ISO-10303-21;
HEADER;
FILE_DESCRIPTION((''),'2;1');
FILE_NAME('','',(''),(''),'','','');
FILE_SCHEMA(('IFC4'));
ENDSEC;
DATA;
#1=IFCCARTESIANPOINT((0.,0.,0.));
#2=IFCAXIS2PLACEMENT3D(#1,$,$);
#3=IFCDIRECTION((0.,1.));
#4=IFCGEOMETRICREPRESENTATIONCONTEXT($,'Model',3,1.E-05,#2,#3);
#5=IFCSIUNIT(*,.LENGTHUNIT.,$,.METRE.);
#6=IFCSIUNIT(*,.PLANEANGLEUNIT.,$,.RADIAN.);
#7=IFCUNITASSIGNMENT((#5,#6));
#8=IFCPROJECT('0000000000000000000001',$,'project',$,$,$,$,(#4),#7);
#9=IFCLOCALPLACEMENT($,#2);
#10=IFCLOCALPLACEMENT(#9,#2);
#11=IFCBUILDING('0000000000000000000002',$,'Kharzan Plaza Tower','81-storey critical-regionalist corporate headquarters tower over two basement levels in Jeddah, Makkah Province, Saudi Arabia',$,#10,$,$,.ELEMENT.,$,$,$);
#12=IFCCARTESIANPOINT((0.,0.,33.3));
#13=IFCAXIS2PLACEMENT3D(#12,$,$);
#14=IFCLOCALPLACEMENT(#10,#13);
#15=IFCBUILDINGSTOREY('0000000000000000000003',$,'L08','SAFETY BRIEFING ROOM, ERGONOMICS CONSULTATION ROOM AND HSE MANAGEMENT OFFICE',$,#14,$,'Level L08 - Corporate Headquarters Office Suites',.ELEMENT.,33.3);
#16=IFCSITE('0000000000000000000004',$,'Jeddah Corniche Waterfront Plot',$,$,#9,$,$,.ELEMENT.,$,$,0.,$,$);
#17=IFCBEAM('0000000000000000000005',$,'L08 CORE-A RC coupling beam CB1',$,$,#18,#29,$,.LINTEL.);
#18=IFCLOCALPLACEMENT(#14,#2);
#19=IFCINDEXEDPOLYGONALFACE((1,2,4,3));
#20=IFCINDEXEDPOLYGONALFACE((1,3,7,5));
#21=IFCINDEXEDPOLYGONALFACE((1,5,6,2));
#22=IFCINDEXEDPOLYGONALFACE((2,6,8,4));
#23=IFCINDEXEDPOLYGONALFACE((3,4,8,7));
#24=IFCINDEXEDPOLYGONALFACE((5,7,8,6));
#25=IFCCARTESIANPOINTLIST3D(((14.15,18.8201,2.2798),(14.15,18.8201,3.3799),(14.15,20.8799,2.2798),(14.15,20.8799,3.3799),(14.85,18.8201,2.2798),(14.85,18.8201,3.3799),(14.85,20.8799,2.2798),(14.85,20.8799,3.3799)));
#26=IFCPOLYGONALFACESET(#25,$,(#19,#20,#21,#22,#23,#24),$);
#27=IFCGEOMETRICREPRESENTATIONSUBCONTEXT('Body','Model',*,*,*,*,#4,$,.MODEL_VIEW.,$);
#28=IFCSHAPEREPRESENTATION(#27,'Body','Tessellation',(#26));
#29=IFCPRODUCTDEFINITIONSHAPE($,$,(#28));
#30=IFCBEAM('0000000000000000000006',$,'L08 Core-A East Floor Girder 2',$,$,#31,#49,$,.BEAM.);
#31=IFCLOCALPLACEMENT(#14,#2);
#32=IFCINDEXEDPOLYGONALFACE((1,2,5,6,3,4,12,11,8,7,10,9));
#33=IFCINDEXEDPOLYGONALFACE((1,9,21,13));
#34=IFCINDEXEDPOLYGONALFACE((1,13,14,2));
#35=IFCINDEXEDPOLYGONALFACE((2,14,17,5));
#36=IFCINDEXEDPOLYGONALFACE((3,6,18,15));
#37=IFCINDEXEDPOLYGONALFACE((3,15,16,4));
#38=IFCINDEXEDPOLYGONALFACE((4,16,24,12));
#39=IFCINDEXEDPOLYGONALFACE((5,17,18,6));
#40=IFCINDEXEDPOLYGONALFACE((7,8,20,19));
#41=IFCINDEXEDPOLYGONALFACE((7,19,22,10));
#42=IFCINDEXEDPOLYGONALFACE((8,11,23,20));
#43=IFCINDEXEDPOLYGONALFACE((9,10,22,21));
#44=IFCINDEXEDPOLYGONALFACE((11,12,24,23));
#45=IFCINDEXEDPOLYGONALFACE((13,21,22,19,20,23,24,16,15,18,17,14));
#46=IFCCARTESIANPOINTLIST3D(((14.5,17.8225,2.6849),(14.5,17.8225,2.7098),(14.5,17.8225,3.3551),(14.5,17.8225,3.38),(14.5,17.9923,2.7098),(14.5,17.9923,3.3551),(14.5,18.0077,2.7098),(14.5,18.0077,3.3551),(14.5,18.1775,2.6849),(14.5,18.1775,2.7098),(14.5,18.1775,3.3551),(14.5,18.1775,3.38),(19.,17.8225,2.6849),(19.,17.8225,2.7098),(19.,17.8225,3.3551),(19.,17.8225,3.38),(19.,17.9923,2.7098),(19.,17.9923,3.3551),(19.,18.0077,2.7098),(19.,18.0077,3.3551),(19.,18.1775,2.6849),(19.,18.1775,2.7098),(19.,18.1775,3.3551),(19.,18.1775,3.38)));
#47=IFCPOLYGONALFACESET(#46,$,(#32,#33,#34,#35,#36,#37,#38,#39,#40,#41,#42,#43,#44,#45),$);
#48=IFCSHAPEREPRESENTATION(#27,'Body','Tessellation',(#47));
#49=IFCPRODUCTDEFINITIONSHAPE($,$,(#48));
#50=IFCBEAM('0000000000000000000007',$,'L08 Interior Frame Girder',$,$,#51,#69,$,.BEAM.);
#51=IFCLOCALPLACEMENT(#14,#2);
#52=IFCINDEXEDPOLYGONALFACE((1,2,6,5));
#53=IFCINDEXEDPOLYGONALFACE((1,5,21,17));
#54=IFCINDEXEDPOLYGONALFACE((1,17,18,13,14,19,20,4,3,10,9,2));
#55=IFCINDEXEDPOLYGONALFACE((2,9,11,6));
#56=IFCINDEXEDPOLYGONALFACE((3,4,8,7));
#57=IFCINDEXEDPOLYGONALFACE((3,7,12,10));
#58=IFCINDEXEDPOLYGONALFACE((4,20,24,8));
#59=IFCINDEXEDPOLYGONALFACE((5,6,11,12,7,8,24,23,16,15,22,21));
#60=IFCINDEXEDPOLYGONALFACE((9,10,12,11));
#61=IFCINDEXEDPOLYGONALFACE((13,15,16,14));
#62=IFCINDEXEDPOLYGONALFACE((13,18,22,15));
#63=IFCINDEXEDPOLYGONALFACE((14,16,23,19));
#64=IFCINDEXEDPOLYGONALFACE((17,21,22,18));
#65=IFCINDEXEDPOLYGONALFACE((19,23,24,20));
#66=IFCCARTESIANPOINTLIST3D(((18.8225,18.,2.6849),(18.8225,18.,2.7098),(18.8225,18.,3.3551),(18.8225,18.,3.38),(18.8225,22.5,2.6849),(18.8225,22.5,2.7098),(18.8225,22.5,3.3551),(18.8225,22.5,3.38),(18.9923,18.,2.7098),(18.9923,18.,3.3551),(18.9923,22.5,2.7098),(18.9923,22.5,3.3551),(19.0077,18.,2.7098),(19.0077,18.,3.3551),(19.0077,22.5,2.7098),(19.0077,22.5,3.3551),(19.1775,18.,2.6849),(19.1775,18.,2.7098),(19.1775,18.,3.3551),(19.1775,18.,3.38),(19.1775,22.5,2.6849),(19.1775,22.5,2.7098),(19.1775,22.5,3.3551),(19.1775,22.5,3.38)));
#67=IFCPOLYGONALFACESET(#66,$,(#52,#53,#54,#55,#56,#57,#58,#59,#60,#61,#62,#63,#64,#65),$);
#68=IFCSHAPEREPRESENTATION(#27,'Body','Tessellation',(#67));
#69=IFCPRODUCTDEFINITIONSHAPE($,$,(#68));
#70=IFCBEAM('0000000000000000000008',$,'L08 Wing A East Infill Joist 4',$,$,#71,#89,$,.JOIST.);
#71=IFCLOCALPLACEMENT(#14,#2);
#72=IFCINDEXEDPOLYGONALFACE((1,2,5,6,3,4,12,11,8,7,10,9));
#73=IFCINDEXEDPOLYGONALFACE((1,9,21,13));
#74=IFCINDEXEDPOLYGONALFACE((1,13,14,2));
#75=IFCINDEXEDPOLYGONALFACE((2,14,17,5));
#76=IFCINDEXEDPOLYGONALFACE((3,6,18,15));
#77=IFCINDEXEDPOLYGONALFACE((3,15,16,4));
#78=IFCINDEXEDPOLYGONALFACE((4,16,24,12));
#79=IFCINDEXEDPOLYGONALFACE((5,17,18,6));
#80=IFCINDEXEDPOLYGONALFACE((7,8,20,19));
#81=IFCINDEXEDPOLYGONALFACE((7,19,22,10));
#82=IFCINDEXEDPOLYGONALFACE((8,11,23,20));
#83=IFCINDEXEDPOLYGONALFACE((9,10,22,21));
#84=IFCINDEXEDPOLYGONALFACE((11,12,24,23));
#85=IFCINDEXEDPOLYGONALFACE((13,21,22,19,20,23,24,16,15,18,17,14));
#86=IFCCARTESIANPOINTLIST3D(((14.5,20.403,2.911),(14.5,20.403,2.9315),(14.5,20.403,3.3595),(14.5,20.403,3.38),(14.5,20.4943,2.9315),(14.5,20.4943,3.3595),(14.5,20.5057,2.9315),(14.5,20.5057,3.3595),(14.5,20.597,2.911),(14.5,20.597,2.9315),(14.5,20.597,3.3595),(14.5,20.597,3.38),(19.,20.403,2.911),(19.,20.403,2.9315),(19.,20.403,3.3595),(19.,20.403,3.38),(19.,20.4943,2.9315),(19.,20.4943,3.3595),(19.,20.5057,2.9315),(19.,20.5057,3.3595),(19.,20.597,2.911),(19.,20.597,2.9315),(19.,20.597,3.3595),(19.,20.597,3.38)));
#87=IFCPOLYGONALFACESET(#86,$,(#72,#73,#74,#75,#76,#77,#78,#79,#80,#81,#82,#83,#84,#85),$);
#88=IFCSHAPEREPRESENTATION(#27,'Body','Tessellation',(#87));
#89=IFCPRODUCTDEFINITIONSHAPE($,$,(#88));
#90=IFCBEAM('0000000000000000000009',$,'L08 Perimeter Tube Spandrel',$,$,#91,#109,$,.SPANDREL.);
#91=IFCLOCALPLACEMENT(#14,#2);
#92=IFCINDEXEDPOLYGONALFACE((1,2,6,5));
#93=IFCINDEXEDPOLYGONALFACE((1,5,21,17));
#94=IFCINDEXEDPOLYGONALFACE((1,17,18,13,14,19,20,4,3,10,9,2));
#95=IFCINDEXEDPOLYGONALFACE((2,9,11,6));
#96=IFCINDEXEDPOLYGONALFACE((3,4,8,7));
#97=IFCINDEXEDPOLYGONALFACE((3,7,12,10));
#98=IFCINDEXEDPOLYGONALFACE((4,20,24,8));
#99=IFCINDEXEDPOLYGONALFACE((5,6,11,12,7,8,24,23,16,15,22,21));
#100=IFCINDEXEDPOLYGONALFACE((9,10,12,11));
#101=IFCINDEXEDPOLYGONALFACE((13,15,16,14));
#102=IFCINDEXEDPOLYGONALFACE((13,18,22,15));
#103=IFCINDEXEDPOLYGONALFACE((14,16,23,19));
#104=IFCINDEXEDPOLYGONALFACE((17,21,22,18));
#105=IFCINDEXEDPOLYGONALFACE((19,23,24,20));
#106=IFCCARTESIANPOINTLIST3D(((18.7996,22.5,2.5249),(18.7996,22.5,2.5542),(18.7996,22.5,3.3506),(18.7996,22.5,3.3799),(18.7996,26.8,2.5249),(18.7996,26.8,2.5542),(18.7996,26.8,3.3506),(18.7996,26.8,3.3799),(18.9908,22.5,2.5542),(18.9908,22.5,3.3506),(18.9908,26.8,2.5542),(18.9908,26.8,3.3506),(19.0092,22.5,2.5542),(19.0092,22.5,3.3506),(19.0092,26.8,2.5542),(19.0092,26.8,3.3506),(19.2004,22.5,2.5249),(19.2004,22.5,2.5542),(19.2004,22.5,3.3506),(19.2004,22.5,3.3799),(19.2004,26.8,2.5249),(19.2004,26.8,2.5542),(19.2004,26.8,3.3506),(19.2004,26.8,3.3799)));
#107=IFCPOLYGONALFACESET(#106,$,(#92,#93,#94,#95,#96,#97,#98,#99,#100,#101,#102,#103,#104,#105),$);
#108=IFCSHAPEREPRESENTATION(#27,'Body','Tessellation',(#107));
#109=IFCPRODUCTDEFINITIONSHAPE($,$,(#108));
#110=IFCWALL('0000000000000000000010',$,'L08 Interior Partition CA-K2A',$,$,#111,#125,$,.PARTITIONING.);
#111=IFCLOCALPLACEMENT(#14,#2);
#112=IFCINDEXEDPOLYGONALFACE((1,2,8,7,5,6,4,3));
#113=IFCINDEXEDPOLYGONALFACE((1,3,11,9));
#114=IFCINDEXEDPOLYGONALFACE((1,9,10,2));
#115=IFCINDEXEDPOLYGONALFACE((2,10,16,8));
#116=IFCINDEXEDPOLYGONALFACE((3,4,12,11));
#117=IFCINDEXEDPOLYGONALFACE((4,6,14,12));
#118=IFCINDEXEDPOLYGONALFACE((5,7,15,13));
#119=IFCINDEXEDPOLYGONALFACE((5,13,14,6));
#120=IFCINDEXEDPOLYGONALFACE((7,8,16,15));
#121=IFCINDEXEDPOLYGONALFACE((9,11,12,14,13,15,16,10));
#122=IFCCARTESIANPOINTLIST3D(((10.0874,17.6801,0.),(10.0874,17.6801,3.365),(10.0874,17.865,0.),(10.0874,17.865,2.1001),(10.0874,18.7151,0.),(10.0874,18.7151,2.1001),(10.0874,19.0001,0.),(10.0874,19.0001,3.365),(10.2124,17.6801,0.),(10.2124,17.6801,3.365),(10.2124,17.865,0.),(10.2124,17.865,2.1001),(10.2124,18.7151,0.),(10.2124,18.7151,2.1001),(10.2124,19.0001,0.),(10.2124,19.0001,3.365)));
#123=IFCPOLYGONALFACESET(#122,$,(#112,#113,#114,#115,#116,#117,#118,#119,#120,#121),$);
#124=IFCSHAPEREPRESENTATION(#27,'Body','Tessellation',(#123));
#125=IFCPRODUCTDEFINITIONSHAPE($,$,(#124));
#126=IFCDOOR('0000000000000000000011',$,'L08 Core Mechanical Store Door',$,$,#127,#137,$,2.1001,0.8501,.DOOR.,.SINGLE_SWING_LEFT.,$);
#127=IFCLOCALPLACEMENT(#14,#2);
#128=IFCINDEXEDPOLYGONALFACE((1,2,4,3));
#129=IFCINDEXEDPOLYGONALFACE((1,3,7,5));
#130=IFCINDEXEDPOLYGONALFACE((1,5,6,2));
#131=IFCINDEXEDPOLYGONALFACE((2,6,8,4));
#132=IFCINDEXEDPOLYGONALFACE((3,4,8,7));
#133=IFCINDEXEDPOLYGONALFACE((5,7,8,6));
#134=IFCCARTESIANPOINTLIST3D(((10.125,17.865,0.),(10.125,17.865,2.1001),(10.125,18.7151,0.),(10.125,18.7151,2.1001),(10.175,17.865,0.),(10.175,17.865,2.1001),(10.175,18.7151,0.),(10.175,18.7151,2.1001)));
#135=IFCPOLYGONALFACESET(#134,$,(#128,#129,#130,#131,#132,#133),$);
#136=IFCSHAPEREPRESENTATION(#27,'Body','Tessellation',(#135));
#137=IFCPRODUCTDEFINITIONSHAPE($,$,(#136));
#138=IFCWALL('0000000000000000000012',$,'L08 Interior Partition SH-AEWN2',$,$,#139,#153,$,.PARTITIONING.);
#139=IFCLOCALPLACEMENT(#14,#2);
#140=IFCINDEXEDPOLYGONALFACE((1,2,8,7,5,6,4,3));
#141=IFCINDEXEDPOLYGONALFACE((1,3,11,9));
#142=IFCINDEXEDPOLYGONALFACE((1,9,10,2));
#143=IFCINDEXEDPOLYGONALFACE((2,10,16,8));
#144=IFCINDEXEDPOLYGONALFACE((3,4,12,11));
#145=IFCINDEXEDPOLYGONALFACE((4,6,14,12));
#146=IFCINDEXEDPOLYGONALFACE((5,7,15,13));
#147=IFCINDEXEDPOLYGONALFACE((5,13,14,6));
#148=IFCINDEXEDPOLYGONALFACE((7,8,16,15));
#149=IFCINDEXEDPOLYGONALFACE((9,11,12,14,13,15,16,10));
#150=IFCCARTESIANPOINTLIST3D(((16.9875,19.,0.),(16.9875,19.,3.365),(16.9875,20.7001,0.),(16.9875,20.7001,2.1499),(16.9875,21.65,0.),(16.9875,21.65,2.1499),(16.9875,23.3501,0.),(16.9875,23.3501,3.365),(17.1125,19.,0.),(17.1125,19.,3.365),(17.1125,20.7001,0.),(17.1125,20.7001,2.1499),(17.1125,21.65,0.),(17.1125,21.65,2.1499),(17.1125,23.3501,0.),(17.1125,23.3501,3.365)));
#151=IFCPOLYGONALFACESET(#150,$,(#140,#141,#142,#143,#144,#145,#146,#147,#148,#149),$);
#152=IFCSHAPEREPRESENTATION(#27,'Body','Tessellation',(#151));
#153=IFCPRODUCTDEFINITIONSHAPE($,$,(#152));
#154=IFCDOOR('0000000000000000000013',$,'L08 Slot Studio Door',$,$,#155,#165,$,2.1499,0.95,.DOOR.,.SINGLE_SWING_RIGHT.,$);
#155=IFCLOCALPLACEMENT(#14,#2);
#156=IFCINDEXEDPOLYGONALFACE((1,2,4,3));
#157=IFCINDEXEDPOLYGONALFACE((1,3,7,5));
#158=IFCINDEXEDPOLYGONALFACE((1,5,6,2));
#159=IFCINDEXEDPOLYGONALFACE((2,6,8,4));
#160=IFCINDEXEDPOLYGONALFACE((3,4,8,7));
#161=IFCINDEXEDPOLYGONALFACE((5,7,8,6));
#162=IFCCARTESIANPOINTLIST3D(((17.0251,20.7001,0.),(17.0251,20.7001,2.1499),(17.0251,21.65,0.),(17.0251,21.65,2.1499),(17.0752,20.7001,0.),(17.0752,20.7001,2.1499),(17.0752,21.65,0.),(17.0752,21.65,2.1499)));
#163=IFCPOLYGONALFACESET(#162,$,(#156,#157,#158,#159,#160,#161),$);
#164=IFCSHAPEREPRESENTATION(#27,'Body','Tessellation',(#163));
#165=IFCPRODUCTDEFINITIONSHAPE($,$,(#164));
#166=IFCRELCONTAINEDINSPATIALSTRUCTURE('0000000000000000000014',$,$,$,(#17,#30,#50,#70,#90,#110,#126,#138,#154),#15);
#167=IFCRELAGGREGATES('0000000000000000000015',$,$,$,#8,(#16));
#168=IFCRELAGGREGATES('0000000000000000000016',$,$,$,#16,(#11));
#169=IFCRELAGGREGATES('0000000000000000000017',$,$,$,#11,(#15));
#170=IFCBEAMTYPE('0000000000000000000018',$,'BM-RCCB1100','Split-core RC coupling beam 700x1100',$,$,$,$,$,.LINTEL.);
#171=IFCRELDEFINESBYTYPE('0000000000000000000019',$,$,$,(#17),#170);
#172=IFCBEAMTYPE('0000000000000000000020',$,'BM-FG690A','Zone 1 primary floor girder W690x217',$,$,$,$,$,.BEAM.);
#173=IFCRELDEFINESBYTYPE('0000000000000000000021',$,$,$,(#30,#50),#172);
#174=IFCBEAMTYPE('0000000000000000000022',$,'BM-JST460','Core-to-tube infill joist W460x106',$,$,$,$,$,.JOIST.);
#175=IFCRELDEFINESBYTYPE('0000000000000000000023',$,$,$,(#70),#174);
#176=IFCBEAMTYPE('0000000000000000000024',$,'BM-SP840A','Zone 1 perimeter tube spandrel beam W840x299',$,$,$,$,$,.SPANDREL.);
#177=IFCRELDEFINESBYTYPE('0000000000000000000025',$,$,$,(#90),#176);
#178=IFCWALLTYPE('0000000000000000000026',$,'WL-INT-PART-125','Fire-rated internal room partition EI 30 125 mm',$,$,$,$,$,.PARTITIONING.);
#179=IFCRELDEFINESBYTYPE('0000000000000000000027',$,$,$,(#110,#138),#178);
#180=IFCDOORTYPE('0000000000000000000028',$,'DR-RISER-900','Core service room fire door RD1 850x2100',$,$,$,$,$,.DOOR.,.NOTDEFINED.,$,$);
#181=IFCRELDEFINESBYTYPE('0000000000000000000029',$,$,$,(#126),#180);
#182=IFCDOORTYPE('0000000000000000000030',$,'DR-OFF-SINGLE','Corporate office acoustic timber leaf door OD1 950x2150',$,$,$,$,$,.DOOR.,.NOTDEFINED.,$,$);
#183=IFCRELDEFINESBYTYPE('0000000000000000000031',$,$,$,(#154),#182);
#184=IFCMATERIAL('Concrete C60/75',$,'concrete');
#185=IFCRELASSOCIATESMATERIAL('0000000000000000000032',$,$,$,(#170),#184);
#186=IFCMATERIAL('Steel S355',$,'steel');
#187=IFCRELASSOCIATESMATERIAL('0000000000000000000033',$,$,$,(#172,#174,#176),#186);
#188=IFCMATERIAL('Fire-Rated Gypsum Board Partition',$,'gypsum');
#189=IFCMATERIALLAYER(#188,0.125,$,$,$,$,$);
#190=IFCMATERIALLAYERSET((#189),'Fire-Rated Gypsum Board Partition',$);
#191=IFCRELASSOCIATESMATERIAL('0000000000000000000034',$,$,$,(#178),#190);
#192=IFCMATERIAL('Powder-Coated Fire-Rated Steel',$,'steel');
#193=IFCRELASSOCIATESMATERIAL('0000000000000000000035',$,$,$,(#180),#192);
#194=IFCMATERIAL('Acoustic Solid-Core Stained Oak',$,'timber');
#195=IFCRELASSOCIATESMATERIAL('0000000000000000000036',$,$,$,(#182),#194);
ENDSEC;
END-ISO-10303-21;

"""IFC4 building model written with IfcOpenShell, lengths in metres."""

from ifc_helpers import new_model, si_unit, direction, frame, frame_2d, origin, origin_2d, place, context, subcontext, project, spatial, rectangle, i_section, extrude, source, transform, mapped, material, layer, layer_set, material_profile, profile_set, type_object, element, fill, save


model = new_model("IFC4")

# Units and contexts
model_context = context("Model", 3, precision=1e-05, world=origin(), true_north=direction((0.0, 1.0)))
body_context = subcontext(model_context, "Body", "Model", "MODEL_VIEW")
ifc_project = project(units=[si_unit("LENGTHUNIT", "METRE"), si_unit("PLANEANGLEUNIT", "RADIAN")], contexts=[model_context])

# Site, building, storey
site_placement = place(None, origin())
site = spatial("IfcSite", under=ifc_project, at=site_placement, Name="Jeddah Corniche Waterfront Plot", CompositionType="ELEMENT", RefElevation=0.0)
building_placement = place(site_placement, origin())
building = spatial("IfcBuilding", under=site, at=building_placement, Name="Kharzan Plaza Tower", Description="81-storey critical-regionalist corporate headquarters tower over two basement levels in Jeddah, Makkah Province, Saudi Arabia", CompositionType="ELEMENT")
storey_placement = place(building_placement, frame((0.0, 0.0, 33.3)))
storey = spatial("IfcBuildingStorey", under=building, at=storey_placement, Name="L08", Description="SAFETY BRIEFING ROOM, ERGONOMICS CONSULTATION ROOM AND HSE MANAGEMENT OFFICE", LongName="Level L08 - Corporate Headquarters Office Suites", CompositionType="ELEMENT", Elevation=33.3)

# Beams
ifc_material_1 = material(Name="Concrete C60/75", Category="concrete")
ifc_material_profile_1 = material_profile(ifc_material_1, rectangle(XDim=0.7, YDim=1.1001, at=origin_2d()), Name="RC-CB1100x700")
ifc_profile_set_1 = profile_set([ifc_material_profile_1], Name="Concrete C60/75")
beam_type_1 = type_object("IfcBeamType", Name="BM-RCCB1100", Description="Split-core RC coupling beam 700x1100", PredefinedType="LINTEL", material=ifc_profile_set_1)
shared_shape_1 = source(origin(), body_context, "Body", "SweptSolid", [
    extrude(rectangle(XDim=0.7, YDim=1.1001, at=origin_2d()), origin(), (0.0, 0.0, 1.0), 2.0598),
])
beam_1_placement = place(storey_placement, frame((14.5, 18.8201, 2.8298), z_axis=(0.0, 1.0, 0.0), x_axis=(-1.0, 0.0, 0.0)))
element("IfcBeam", 1, at=beam_1_placement, inside=storey, type_object=beam_type_1, Name="L08 CORE-A RC coupling beam CB1", PredefinedType="LINTEL", context=body_context, shape_type="MappedRepresentation", body=[
    mapped(shared_shape_1, transform((0.0, 0.0, 0.0), x_axis=(1.0, 0.0, 0.0), y_axis=(0.0, 1.0, 0.0), z_axis=(0.0, 0.0, 1.0))),
])
ifc_material_2 = material(Name="Steel S355", Category="steel")
ifc_material_profile_2 = material_profile(ifc_material_2, i_section(OverallWidth=0.355, OverallDepth=0.6951, WebThickness=0.0154, FlangeThickness=0.0249, at=origin_2d()), Name="W690x217")
ifc_profile_set_2 = profile_set([ifc_material_profile_2], Name="Steel S355")
beam_type_2 = type_object("IfcBeamType", Name="BM-FG690A", Description="Zone 1 primary floor girder W690x217", PredefinedType="BEAM", material=ifc_profile_set_2)
shared_shape_2 = source(origin(), body_context, "Body", "SweptSolid", [
    extrude(i_section(OverallWidth=0.355, OverallDepth=0.6951, WebThickness=0.0154, FlangeThickness=0.0249, at=origin_2d()), origin(), (0.0, 0.0, 1.0), 4.5),
])
for number, where, z_axis, x_axis, name in (
    (2, (14.5, 18.0, 3.0325), (1.0, 0.0, 0.0), (0.0, 1.0, 0.0), "L08 Core-A East Floor Girder 2"),
    (3, (19.0, 18.0, 3.0325), (0.0, 1.0, 0.0), (-1.0, 0.0, 0.0), "L08 Interior Frame Girder"),
):
    element("IfcBeam", number, at=place(storey_placement, frame(where, z_axis=z_axis, x_axis=x_axis)), inside=storey, type_object=beam_type_2, Name=name, PredefinedType="BEAM", context=body_context, shape_type="MappedRepresentation", body=[
        mapped(shared_shape_2, transform((0.0, 0.0, 0.0), x_axis=(1.0, 0.0, 0.0), y_axis=(0.0, 1.0, 0.0), z_axis=(0.0, 0.0, 1.0))),
    ])
ifc_material_profile_3 = material_profile(ifc_material_2, i_section(OverallWidth=0.1941, OverallDepth=0.469, WebThickness=0.0115, FlangeThickness=0.0205, at=origin_2d()), Name="W460x106")
ifc_profile_set_3 = profile_set([ifc_material_profile_3], Name="Steel S355")
beam_type_3 = type_object("IfcBeamType", Name="BM-JST460", Description="Core-to-tube infill joist W460x106", PredefinedType="JOIST", material=ifc_profile_set_3)
shared_shape_3 = source(origin(), body_context, "Body", "SweptSolid", [
    extrude(i_section(OverallWidth=0.1941, OverallDepth=0.469, WebThickness=0.0115, FlangeThickness=0.0205, at=origin_2d()), origin(), (0.0, 0.0, 1.0), 4.5),
])
beam_2_placement = place(storey_placement, frame((14.5, 20.5, 3.1455), z_axis=(1.0, 0.0, 0.0), x_axis=(0.0, 1.0, 0.0)))
element("IfcBeam", 4, at=beam_2_placement, inside=storey, type_object=beam_type_3, Name="L08 Wing A East Infill Joist 4", PredefinedType="JOIST", context=body_context, shape_type="MappedRepresentation", body=[
    mapped(shared_shape_3, transform((0.0, 0.0, 0.0), x_axis=(1.0, 0.0, 0.0), y_axis=(0.0, 1.0, 0.0), z_axis=(0.0, 0.0, 1.0))),
])
ifc_material_profile_4 = material_profile(ifc_material_2, i_section(OverallWidth=0.4009, OverallDepth=0.855, WebThickness=0.0183, FlangeThickness=0.0293, at=origin_2d()), Name="W840x299")
ifc_profile_set_4 = profile_set([ifc_material_profile_4], Name="Steel S355")
beam_type_4 = type_object("IfcBeamType", Name="BM-SP840A", Description="Zone 1 perimeter tube spandrel beam W840x299", PredefinedType="SPANDREL", material=ifc_profile_set_4)
shared_shape_4 = source(origin(), body_context, "Body", "SweptSolid", [
    extrude(i_section(OverallWidth=0.4009, OverallDepth=0.855, WebThickness=0.0183, FlangeThickness=0.0293, at=origin_2d()), origin(), (0.0, 0.0, 1.0), 4.3),
])
beam_3_placement = place(storey_placement, frame((19.0, 22.5, 2.9524), z_axis=(0.0, 1.0, 0.0), x_axis=(-1.0, 0.0, 0.0)))
element("IfcBeam", 5, at=beam_3_placement, inside=storey, type_object=beam_type_4, Name="L08 Perimeter Tube Spandrel", PredefinedType="SPANDREL", context=body_context, shape_type="MappedRepresentation", body=[
    mapped(shared_shape_4, transform((0.0, 0.0, 0.0), x_axis=(1.0, 0.0, 0.0), y_axis=(0.0, 1.0, 0.0), z_axis=(0.0, 0.0, 1.0))),
])

# Walls, openings, doors
ifc_material_3 = material(Name="Fire-Rated Gypsum Board Partition", Category="gypsum")
ifc_layer_1 = layer(ifc_material_3, 0.125)
ifc_layer_set_1 = layer_set([ifc_layer_1], Name="Fire-Rated Gypsum Board Partition")
wall_type_1 = type_object("IfcWallType", Name="WL-INT-PART-125", Description="Fire-rated internal room partition EI 30 125 mm", PredefinedType="PARTITIONING", material=ifc_layer_set_1)
wall_1_placement = place(storey_placement, frame((10.1499, 17.6799, 0.0), z_axis=(0.0, 0.0, 1.0), x_axis=(0.0, 1.0, 0.0)))
wall_1 = element("IfcWall", 6, at=wall_1_placement, inside=storey, type_object=wall_type_1, Name="L08 Interior Partition CA-K2A", PredefinedType="PARTITIONING", context=body_context, shape_type="SweptSolid", body=[
    extrude(rectangle(XDim=1.3201, YDim=0.125, at=frame_2d((0.6602, 0.0))), origin(), (0.0, 0.0, 1.0), 3.365),
])
opening_1_placement = place(wall_1_placement, frame((0.1851, 0.0, 0.0)))
opening_1 = element("IfcOpeningElement", 7, at=opening_1_placement, cuts=wall_1, PredefinedType="OPENING", context=body_context, shape_type="SweptSolid", body=[
    extrude(rectangle(XDim=0.8501, YDim=2.1001, at=frame_2d((0.425, 1.05))), frame((0.0, 0.0725, 0.0), z_axis=(0.0, -1.0, 0.0), x_axis=(1.0, 0.0, 0.0)), (0.0, 0.0, 1.0), 0.145),
])
ifc_material_4 = material(Name="Powder-Coated Fire-Rated Steel", Category="steel")
door_type_1 = type_object("IfcDoorType", Name="DR-RISER-900", Description="Core service room fire door RD1 850x2100", OperationType="NOTDEFINED", PredefinedType="DOOR", material=ifc_material_4)
shared_shape_5 = source(origin(), body_context, "Body", "SweptSolid", [
    extrude(rectangle(XDim=0.8501, YDim=2.1001, at=frame_2d((0.425, 1.05))), frame((0.0, 0.0249, 0.0), z_axis=(0.0, -1.0, 0.0), x_axis=(1.0, 0.0, 0.0)), (0.0, 0.0, 1.0), 0.05),
])
door_1_placement = place(opening_1_placement, origin())
door_1 = element("IfcDoor", 8, at=door_1_placement, inside=storey, type_object=door_type_1, Name="L08 Core Mechanical Store Door", OperationType="SINGLE_SWING_LEFT", OverallHeight=2.1001, OverallWidth=0.8501, PredefinedType="DOOR", context=body_context, shape_type="MappedRepresentation", body=[
    mapped(shared_shape_5, transform((0.0, 0.0, 0.0), x_axis=(1.0, 0.0, 0.0), y_axis=(0.0, 1.0, 0.0), z_axis=(0.0, 0.0, 1.0))),
])
fill(opening_1, door_1)
wall_2_placement = place(storey_placement, frame((17.05, 19.0, 0.0), z_axis=(0.0, 0.0, 1.0), x_axis=(0.0, 1.0, 0.0)))
wall_2 = element("IfcWall", 9, at=wall_2_placement, inside=storey, type_object=wall_type_1, Name="L08 Interior Partition SH-AEWN2", PredefinedType="PARTITIONING", context=body_context, shape_type="SweptSolid", body=[
    extrude(rectangle(XDim=4.3501, YDim=0.125, at=frame_2d((2.175, 0.0))), origin(), (0.0, 0.0, 1.0), 3.365),
])
opening_2_placement = place(wall_2_placement, frame((1.7, 0.0, 0.0)))
opening_2 = element("IfcOpeningElement", 10, at=opening_2_placement, cuts=wall_2, PredefinedType="OPENING", context=body_context, shape_type="SweptSolid", body=[
    extrude(rectangle(XDim=0.95, YDim=2.1499, at=frame_2d((0.4751, 1.075))), frame((0.0, 0.0725, 0.0), z_axis=(0.0, -1.0, 0.0), x_axis=(1.0, 0.0, 0.0)), (0.0, 0.0, 1.0), 0.145),
])
ifc_material_5 = material(Name="Acoustic Solid-Core Stained Oak", Category="timber")
door_type_2 = type_object("IfcDoorType", Name="DR-OFF-SINGLE", Description="Corporate office acoustic timber leaf door OD1 950x2150", OperationType="NOTDEFINED", PredefinedType="DOOR", material=ifc_material_5)
shared_shape_6 = source(origin(), body_context, "Body", "SweptSolid", [
    extrude(rectangle(XDim=0.95, YDim=2.1499, at=frame_2d((0.4751, 1.075))), frame((0.0, 0.0249, 0.0), z_axis=(0.0, -1.0, 0.0), x_axis=(1.0, 0.0, 0.0)), (0.0, 0.0, 1.0), 0.05),
])
door_2_placement = place(opening_2_placement, origin())
door_2 = element("IfcDoor", 11, at=door_2_placement, inside=storey, type_object=door_type_2, Name="L08 Slot Studio Door", OperationType="SINGLE_SWING_RIGHT", OverallHeight=2.1499, OverallWidth=0.95, PredefinedType="DOOR", context=body_context, shape_type="MappedRepresentation", body=[
    mapped(shared_shape_6, transform((0.0, 0.0, 0.0), x_axis=(1.0, 0.0, 0.0), y_axis=(0.0, 1.0, 0.0), z_axis=(0.0, 0.0, 1.0))),
])
fill(opening_2, door_2)

save(model, "model.ifc")
